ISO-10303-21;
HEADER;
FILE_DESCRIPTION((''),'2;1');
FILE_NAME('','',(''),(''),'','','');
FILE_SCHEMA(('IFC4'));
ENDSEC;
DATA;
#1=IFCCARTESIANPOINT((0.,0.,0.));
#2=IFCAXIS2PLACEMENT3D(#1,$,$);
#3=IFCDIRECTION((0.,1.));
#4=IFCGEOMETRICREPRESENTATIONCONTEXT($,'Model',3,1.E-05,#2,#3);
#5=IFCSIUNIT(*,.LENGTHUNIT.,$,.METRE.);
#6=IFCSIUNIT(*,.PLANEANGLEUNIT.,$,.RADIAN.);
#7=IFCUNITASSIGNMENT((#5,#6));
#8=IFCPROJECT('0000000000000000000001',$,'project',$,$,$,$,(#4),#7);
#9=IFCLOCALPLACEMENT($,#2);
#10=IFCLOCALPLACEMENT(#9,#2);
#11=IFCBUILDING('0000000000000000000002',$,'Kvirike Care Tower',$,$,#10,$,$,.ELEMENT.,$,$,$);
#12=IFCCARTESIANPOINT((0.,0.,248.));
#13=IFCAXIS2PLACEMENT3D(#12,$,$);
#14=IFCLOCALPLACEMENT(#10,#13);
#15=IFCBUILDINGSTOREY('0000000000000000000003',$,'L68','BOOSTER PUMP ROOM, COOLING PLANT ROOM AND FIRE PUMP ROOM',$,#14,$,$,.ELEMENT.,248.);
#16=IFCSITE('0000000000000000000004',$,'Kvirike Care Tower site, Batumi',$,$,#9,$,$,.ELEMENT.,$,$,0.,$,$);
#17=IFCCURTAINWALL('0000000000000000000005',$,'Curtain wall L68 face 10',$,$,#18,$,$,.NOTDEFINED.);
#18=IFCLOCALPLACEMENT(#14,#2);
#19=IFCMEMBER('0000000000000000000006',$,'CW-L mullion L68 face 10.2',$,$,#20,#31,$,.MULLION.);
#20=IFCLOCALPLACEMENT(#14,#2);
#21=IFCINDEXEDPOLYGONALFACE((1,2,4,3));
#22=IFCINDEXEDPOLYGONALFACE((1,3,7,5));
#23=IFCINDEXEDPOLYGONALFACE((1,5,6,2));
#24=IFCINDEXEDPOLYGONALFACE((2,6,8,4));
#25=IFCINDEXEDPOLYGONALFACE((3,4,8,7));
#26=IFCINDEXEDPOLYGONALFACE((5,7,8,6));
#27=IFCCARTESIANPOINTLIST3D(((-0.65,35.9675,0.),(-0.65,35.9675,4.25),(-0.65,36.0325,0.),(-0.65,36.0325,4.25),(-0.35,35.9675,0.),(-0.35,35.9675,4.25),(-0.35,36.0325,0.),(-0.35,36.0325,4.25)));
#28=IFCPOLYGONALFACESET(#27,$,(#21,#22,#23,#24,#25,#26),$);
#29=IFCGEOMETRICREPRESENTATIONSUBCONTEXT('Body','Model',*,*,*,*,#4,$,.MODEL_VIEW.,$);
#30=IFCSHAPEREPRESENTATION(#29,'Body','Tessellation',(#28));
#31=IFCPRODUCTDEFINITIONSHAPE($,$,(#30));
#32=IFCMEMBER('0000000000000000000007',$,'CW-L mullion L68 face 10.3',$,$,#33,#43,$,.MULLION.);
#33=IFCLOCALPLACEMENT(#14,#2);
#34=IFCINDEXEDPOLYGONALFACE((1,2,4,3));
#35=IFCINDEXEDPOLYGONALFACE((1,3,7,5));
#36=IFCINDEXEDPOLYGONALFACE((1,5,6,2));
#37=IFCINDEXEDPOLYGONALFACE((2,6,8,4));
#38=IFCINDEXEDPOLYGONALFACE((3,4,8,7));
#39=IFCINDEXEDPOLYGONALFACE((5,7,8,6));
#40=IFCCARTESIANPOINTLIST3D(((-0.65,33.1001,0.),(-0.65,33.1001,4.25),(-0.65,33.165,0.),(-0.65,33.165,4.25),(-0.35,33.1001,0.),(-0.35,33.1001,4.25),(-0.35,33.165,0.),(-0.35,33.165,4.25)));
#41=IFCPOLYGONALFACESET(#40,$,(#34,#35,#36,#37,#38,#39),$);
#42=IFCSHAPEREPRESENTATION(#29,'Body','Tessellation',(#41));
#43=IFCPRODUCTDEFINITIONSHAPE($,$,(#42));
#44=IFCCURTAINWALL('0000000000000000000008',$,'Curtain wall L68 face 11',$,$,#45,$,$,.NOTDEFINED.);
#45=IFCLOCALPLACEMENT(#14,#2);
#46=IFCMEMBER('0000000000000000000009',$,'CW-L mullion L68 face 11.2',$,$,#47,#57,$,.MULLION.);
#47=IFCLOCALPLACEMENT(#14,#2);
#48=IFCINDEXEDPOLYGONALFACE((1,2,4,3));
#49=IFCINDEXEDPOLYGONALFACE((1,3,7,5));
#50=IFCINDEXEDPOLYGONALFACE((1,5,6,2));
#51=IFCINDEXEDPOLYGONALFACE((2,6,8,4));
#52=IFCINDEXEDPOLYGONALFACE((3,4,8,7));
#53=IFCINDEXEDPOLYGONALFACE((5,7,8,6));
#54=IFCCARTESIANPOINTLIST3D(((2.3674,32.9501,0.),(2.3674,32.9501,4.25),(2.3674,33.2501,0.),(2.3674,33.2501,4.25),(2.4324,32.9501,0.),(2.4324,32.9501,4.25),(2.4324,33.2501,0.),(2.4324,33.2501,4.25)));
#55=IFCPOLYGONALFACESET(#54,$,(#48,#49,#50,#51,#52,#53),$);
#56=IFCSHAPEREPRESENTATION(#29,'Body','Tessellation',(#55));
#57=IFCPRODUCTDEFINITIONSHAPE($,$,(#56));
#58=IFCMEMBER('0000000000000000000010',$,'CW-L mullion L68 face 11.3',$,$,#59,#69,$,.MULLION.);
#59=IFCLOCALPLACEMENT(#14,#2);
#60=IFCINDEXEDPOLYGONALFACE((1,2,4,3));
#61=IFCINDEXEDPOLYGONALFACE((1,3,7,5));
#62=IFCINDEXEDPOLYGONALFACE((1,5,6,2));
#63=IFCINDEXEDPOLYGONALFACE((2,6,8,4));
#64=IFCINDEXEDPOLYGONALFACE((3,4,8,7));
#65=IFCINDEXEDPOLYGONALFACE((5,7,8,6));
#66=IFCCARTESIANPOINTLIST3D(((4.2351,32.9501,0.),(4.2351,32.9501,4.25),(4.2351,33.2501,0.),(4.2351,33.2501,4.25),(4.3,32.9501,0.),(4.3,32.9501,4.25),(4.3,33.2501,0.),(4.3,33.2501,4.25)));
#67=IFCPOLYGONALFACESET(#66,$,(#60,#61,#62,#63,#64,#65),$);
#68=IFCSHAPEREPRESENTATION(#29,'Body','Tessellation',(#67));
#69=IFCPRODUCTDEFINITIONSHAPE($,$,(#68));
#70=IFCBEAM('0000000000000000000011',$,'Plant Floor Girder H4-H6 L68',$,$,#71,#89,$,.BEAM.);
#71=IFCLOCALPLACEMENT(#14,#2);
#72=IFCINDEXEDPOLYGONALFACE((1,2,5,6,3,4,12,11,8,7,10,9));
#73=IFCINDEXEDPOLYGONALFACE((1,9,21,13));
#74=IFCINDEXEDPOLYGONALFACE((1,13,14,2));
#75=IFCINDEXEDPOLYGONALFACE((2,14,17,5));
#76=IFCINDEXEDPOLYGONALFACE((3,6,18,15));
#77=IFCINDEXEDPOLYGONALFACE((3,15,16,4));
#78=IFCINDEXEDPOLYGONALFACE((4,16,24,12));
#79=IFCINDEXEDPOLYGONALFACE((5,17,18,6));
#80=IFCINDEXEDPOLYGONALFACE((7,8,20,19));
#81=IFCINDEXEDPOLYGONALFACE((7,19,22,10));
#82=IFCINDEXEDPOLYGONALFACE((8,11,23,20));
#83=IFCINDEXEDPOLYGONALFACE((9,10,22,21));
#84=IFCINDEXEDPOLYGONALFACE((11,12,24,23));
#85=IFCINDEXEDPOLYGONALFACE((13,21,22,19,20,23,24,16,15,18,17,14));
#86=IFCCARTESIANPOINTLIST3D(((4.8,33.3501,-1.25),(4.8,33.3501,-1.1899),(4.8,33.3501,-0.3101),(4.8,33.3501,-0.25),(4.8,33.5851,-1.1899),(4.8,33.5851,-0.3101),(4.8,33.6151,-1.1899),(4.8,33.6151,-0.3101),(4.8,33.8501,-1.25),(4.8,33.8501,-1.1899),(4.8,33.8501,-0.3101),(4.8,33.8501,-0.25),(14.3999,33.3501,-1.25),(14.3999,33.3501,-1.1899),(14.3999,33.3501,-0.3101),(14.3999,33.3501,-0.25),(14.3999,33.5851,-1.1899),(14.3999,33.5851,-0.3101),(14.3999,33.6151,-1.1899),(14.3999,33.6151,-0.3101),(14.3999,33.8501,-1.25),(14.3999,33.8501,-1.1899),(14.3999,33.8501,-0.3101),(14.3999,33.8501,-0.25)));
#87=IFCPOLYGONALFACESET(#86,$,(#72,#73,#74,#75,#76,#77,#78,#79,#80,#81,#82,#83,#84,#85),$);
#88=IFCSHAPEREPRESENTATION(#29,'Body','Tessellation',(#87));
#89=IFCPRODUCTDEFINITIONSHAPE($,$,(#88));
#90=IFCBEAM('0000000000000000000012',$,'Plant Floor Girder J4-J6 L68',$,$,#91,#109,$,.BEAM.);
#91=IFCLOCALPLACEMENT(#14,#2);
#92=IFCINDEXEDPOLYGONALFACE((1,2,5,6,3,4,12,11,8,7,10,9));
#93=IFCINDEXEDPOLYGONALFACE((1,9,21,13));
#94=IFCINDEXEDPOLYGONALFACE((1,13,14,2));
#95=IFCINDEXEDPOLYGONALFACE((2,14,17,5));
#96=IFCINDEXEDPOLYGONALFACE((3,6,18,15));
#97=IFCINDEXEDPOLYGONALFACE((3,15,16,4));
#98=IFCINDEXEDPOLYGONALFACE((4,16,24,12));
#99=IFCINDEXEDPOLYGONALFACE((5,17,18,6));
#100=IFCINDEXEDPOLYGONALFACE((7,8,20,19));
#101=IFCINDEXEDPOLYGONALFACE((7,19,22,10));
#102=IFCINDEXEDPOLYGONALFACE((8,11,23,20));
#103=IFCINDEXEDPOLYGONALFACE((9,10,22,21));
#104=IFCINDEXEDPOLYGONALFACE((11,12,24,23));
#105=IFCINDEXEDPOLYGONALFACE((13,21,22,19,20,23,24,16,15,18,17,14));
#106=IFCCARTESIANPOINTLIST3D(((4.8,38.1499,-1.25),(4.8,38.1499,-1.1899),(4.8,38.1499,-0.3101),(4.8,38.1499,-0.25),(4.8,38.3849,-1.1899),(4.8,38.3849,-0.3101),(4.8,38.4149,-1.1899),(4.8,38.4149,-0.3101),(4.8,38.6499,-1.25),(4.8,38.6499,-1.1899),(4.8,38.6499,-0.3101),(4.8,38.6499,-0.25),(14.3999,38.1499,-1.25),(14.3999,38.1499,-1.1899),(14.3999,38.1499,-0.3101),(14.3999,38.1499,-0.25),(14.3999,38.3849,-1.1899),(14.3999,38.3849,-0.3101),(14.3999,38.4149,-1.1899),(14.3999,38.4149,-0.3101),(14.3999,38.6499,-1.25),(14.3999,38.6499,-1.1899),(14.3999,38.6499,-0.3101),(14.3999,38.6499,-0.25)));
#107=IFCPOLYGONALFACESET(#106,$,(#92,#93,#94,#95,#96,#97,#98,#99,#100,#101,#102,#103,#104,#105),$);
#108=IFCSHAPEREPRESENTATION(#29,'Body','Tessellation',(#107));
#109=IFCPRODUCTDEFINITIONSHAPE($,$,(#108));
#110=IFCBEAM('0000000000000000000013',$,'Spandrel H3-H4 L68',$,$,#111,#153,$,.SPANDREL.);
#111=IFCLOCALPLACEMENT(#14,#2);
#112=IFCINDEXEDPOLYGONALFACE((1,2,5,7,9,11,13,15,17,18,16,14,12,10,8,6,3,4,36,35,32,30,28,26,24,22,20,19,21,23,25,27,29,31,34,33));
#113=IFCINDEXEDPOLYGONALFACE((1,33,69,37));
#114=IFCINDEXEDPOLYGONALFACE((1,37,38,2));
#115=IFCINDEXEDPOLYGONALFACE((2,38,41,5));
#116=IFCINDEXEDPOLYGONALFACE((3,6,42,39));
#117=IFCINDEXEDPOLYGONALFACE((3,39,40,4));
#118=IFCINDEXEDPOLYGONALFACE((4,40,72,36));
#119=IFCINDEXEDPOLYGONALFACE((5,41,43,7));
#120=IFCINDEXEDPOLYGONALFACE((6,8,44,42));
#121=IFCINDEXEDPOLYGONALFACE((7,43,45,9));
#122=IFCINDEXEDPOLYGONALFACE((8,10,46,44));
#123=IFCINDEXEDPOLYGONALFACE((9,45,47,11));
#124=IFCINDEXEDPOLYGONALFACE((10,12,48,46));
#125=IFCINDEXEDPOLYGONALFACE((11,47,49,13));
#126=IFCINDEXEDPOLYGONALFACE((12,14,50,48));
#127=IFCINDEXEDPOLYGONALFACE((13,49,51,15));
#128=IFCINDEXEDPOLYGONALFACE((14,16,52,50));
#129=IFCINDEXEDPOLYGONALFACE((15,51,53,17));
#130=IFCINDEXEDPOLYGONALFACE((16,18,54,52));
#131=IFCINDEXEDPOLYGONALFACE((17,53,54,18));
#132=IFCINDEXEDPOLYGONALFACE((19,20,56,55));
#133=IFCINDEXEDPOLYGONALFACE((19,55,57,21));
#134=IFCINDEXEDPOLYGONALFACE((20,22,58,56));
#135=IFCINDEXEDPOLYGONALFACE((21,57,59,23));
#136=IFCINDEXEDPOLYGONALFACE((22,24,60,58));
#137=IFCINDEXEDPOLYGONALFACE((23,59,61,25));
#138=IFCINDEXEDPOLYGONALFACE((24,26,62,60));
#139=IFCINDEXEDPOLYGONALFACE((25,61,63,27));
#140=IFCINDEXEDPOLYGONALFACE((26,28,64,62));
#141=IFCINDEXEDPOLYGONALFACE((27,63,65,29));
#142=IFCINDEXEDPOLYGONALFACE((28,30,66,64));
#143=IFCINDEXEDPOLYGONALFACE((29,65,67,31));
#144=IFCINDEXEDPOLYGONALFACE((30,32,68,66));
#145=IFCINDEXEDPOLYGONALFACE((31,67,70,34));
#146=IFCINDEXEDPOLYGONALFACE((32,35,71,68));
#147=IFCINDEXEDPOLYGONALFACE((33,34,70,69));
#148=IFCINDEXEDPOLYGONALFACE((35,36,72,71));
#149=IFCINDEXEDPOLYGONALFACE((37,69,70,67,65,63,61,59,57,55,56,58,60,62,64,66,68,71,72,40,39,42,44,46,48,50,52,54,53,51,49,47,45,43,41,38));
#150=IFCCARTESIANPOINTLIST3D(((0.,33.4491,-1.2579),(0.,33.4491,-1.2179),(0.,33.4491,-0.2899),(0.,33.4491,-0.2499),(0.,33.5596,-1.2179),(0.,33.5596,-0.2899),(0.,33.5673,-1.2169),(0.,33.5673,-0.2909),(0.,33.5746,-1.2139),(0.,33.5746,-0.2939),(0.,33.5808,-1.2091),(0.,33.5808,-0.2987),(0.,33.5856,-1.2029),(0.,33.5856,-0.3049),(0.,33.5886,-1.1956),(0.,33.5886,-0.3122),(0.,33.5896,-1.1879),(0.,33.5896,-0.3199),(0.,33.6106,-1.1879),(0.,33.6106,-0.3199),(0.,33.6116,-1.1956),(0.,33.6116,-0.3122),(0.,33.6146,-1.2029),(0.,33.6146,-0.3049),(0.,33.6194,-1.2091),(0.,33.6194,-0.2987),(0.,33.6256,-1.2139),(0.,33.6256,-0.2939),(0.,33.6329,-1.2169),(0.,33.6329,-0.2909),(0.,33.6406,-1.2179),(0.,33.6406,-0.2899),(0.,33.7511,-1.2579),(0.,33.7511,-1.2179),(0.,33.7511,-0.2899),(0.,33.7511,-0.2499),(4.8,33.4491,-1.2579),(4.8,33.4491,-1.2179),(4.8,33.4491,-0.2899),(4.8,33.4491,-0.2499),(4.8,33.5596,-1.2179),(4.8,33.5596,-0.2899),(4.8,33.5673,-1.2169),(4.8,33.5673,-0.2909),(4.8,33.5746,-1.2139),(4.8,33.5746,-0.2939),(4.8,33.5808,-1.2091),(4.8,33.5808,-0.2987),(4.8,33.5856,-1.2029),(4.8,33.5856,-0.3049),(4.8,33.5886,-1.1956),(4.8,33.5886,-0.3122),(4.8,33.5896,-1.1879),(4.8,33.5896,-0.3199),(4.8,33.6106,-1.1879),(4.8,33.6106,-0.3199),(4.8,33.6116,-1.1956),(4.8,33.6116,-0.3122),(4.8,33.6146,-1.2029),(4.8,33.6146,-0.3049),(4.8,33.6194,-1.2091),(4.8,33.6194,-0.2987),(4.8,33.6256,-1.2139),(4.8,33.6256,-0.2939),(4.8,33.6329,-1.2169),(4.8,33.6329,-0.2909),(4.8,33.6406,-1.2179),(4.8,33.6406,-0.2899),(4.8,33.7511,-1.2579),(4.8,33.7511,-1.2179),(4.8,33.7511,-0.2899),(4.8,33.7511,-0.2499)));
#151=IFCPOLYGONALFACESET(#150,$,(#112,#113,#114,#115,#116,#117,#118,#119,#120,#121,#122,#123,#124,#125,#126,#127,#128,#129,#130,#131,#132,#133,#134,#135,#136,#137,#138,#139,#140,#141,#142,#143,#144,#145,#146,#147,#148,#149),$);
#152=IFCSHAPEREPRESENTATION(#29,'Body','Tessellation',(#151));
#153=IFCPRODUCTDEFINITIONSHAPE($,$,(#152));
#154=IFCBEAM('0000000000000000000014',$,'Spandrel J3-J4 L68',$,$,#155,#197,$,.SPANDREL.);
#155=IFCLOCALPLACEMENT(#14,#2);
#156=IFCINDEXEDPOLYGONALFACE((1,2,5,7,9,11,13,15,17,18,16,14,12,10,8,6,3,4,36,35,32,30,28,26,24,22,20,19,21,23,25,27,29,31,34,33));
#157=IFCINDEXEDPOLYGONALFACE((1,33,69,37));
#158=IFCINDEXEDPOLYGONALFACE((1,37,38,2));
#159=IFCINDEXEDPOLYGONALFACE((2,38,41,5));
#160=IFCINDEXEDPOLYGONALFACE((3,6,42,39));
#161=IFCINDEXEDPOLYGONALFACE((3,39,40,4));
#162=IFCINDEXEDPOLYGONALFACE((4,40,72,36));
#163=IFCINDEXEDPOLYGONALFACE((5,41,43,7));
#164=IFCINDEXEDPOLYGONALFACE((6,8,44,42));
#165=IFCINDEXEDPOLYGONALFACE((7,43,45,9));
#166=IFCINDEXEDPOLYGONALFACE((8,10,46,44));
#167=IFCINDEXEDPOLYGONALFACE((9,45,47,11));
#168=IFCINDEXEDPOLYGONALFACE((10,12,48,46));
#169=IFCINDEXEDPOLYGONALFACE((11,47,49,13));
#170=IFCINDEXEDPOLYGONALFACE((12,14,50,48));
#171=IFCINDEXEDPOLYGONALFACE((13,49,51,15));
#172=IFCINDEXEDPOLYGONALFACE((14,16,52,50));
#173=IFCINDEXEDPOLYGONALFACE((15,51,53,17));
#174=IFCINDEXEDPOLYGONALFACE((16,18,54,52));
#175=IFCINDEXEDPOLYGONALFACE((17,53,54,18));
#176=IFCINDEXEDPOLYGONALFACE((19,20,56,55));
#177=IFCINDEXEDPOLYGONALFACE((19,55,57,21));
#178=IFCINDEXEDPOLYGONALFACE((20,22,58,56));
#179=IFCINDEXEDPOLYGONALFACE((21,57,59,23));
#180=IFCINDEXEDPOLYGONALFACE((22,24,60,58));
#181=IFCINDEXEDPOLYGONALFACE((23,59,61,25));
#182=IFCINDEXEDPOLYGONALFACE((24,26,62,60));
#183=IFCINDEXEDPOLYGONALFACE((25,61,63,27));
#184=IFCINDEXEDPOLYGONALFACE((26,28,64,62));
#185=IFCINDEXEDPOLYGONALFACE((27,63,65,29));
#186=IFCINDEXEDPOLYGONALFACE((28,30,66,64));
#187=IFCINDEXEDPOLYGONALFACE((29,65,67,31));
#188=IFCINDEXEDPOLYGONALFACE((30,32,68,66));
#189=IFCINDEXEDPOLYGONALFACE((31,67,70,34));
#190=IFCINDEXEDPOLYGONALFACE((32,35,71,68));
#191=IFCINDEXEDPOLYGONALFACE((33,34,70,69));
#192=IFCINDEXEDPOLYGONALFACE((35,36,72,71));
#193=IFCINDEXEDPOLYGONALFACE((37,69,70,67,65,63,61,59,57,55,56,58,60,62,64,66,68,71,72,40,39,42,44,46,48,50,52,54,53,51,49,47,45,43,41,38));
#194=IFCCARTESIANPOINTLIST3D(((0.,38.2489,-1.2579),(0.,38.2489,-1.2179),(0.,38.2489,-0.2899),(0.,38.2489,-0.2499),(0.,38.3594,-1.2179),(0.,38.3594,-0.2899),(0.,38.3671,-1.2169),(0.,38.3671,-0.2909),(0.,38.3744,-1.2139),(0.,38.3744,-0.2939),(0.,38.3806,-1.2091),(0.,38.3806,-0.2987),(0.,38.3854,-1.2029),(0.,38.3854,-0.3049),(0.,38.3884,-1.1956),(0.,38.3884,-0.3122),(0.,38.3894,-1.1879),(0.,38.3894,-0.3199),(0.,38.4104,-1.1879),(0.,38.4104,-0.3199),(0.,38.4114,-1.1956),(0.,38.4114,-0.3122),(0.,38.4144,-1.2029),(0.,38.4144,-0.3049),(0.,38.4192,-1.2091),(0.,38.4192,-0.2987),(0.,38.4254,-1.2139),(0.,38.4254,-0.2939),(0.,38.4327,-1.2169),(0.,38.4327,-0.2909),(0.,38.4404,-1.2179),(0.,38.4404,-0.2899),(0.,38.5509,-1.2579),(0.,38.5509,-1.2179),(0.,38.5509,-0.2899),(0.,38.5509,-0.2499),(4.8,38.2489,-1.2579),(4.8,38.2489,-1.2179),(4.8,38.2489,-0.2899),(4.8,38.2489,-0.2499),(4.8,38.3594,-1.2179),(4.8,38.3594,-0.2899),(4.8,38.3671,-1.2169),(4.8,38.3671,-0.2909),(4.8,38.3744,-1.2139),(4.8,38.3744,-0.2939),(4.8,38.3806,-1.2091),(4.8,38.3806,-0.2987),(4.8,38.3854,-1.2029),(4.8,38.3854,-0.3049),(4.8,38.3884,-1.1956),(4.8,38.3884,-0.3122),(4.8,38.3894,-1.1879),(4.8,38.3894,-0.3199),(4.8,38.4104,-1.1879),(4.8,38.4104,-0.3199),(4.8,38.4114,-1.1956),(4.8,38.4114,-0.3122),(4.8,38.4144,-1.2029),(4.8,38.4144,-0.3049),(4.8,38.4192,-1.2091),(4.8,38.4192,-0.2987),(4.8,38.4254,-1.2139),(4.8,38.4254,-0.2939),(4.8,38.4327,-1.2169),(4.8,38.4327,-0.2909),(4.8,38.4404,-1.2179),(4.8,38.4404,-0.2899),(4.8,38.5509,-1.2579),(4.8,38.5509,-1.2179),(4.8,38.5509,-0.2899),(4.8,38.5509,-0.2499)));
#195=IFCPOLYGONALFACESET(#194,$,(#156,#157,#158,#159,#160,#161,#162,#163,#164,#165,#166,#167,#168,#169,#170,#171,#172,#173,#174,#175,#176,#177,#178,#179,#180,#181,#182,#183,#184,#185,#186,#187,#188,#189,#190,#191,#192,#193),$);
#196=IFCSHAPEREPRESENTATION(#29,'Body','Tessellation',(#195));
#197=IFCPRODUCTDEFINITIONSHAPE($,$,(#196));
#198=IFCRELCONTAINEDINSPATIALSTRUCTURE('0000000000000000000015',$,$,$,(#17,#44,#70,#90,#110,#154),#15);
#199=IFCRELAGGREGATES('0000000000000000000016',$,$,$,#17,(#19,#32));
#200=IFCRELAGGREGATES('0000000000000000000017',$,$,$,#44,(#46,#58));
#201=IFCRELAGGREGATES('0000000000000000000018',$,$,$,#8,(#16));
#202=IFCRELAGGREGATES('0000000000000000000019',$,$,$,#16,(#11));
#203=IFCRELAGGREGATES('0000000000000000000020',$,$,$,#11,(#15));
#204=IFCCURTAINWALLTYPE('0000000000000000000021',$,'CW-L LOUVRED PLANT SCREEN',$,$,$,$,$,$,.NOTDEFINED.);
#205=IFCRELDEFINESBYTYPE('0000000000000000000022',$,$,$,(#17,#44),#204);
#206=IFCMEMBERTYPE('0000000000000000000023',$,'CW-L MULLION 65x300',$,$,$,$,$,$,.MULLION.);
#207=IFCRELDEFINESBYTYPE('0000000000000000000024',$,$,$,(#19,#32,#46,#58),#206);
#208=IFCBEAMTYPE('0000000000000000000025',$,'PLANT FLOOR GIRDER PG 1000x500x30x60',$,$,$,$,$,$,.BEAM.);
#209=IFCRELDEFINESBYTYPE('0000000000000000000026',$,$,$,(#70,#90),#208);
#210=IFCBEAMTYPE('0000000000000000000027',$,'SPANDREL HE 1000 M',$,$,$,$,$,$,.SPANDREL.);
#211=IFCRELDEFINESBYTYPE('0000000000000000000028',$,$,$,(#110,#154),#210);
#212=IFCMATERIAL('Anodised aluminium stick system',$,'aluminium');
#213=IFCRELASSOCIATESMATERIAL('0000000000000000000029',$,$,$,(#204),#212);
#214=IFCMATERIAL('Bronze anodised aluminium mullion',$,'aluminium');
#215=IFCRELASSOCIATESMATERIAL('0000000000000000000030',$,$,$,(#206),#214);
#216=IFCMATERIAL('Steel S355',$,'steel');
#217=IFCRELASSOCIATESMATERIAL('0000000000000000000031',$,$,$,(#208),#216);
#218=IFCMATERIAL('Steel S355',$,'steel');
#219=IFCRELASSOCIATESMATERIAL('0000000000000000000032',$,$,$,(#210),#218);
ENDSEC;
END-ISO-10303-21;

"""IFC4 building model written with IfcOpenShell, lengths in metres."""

from ifc_helpers import new_model, si_unit, direction, frame, origin, origin_2d, place, context, subcontext, project, spatial, rectangle, i_section, extrude, material, material_profile, profile_set, type_object, element, aggregate, save


model = new_model("IFC4")

# Units and contexts
model_context = context("Model", 3, precision=1e-05, world=origin(), true_north=direction((0.0, 1.0)))
body_context = subcontext(model_context, "Body", "Model", "MODEL_VIEW")
ifc_project = project(units=[si_unit("LENGTHUNIT", "METRE"), si_unit("PLANEANGLEUNIT", "RADIAN")], contexts=[model_context])

# Site, building, storey
site_placement = place(None, origin())
site = spatial("IfcSite", under=ifc_project, at=site_placement, Name="Kvirike Care Tower site, Batumi", CompositionType="ELEMENT", RefElevation=0.0)
building_placement = place(site_placement, origin())
building = spatial("IfcBuilding", under=site, at=building_placement, Name="Kvirike Care Tower", CompositionType="ELEMENT")
storey_placement = place(building_placement, frame((0.0, 0.0, 248.0)))
storey = spatial("IfcBuildingStorey", under=building, at=storey_placement, Name="L68", Description="BOOSTER PUMP ROOM, COOLING PLANT ROOM AND FIRE PUMP ROOM", CompositionType="ELEMENT", Elevation=248.0)

# Shared definitions
ifc_material_1 = material(Name="Anodised aluminium stick system", Category="aluminium")
curtain_wall_type = type_object("IfcCurtainWallType", Name="CW-L LOUVRED PLANT SCREEN", PredefinedType="NOTDEFINED", material=ifc_material_1)
ifc_material_2 = material(Name="Bronze anodised aluminium mullion", Category="aluminium")
ifc_material_profile_1 = material_profile(ifc_material_2, rectangle(XDim=0.0649, YDim=0.3, at=origin_2d()), Name="CW-L MULLION 65x300")
ifc_profile_set_1 = profile_set([ifc_material_profile_1], Name="Bronze anodised aluminium mullion")
member_type_1 = type_object("IfcMemberType", Name="CW-L MULLION 65x300", PredefinedType="MULLION", material=ifc_profile_set_1)

# Curtain walls, members
curtain_wall_1_placement = place(storey_placement, origin())
curtain_wall_1 = element("IfcCurtainWall", 1, at=curtain_wall_1_placement, inside=storey, type_object=curtain_wall_type, Name="Curtain wall L68 face 10", PredefinedType="NOTDEFINED")
member_1_placement = place(storey_placement, frame((-0.5, 36.0, 0.0), z_axis=(0.0, 0.0, 1.0), x_axis=(0.0, -1.0, 0.0)))
member_1 = element("IfcMember", 2, at=member_1_placement, type_object=member_type_1, Name="CW-L mullion L68 face 10.2", PredefinedType="MULLION", context=body_context, shape_type="SweptSolid", body=[
    extrude(rectangle(XDim=0.0649, YDim=0.3, at=origin_2d()), origin(), (0.0, 0.0, 1.0), 4.25),
])
member_2_placement = place(storey_placement, frame((-0.5, 33.1326, 0.0), z_axis=(0.0, 0.0, 1.0), x_axis=(0.0, -1.0, 0.0)))
member_2 = element("IfcMember", 3, at=member_2_placement, type_object=member_type_1, Name="CW-L mullion L68 face 10.3", PredefinedType="MULLION", context=body_context, shape_type="SweptSolid", body=[
    extrude(rectangle(XDim=0.0649, YDim=0.3, at=origin_2d()), origin(), (0.0, 0.0, 1.0), 4.25),
])
aggregate(curtain_wall_1, [member_1, member_2])
curtain_wall_2_placement = place(storey_placement, origin())
curtain_wall_2 = element("IfcCurtainWall", 4, at=curtain_wall_2_placement, inside=storey, type_object=curtain_wall_type, Name="Curtain wall L68 face 11", PredefinedType="NOTDEFINED")
member_3_placement = place(storey_placement, frame((2.3999, 33.1001, 0.0), z_axis=(0.0, 0.0, 1.0), x_axis=(1.0, 0.0, 0.0)))
member_3 = element("IfcMember", 5, at=member_3_placement, type_object=member_type_1, Name="CW-L mullion L68 face 11.2", PredefinedType="MULLION", context=body_context, shape_type="SweptSolid", body=[
    extrude(rectangle(XDim=0.0649, YDim=0.3, at=origin_2d()), origin(), (0.0, 0.0, 1.0), 4.25),
])
member_4_placement = place(storey_placement, frame((4.2676, 33.1001, 0.0), z_axis=(0.0, 0.0, 1.0), x_axis=(1.0, 0.0, 0.0)))
member_4 = element("IfcMember", 6, at=member_4_placement, type_object=member_type_1, Name="CW-L mullion L68 face 11.3", PredefinedType="MULLION", context=body_context, shape_type="SweptSolid", body=[
    extrude(rectangle(XDim=0.0649, YDim=0.3, at=origin_2d()), origin(), (0.0, 0.0, 1.0), 4.25),
])
aggregate(curtain_wall_2, [member_3, member_4])

# Beams
ifc_material_3 = material(Name="Steel S355", Category="steel")
ifc_material_profile_2 = material_profile(ifc_material_3, i_section(OverallWidth=0.5, OverallDepth=1.0, WebThickness=0.03, FlangeThickness=0.0601, at=origin_2d()), Name="PG 1000x500x30x60")
ifc_profile_set_2 = profile_set([ifc_material_profile_2], Name="Steel S355")
beam_type_1 = type_object("IfcBeamType", Name="PLANT FLOOR GIRDER PG 1000x500x30x60", PredefinedType="BEAM", material=ifc_profile_set_2)
for number, where, z_axis, x_axis, name in (
    (7, (4.8, 33.6001, -0.75), (1.0, 0.0, 0.0), (0.0, 1.0, 0.0), "Plant Floor Girder H4-H6 L68"),
    (8, (4.8, 38.3999, -0.75), (1.0, 0.0, 0.0), (0.0, 1.0, 0.0), "Plant Floor Girder J4-J6 L68"),
):
    element("IfcBeam", number, at=place(storey_placement, frame(where, z_axis=z_axis, x_axis=x_axis)), inside=storey, type_object=beam_type_1, Name=name, PredefinedType="BEAM", context=body_context, shape_type="SweptSolid", body=[
        extrude(i_section(OverallWidth=0.5, OverallDepth=1.0, WebThickness=0.03, FlangeThickness=0.0601, at=origin_2d()), origin(), (0.0, 0.0, 1.0), 9.5999),
    ])
ifc_material_4 = material(Name="Steel S355", Category="steel")
ifc_material_profile_3 = material_profile(ifc_material_4, i_section(OverallWidth=0.302, OverallDepth=1.0081, WebThickness=0.021, FlangeThickness=0.04, FilletRadius=0.03, at=origin_2d()), Name="HE 1000 M")
ifc_profile_set_3 = profile_set([ifc_material_profile_3], Name="Steel S355")
beam_type_2 = type_object("IfcBeamType", Name="SPANDREL HE 1000 M", PredefinedType="SPANDREL", material=ifc_profile_set_3)
for number, where, z_axis, x_axis, name in (
    (9, (0.0, 33.6001, -0.7539), (1.0, 0.0, 0.0), (0.0, 1.0, 0.0), "Spandrel H3-H4 L68"),
    (10, (0.0, 38.3999, -0.7539), (1.0, 0.0, 0.0), (0.0, 1.0, 0.0), "Spandrel J3-J4 L68"),
):
    element("IfcBeam", number, at=place(storey_placement, frame(where, z_axis=z_axis, x_axis=x_axis)), inside=storey, type_object=beam_type_2, Name=name, PredefinedType="SPANDREL", context=body_context, shape_type="SweptSolid", body=[
        extrude(i_section(OverallWidth=0.302, OverallDepth=1.0081, WebThickness=0.021, FlangeThickness=0.04, FilletRadius=0.03, at=origin_2d()), origin(), (0.0, 0.0, 1.0), 4.8),
    ])

save(model, "model.ifc")
